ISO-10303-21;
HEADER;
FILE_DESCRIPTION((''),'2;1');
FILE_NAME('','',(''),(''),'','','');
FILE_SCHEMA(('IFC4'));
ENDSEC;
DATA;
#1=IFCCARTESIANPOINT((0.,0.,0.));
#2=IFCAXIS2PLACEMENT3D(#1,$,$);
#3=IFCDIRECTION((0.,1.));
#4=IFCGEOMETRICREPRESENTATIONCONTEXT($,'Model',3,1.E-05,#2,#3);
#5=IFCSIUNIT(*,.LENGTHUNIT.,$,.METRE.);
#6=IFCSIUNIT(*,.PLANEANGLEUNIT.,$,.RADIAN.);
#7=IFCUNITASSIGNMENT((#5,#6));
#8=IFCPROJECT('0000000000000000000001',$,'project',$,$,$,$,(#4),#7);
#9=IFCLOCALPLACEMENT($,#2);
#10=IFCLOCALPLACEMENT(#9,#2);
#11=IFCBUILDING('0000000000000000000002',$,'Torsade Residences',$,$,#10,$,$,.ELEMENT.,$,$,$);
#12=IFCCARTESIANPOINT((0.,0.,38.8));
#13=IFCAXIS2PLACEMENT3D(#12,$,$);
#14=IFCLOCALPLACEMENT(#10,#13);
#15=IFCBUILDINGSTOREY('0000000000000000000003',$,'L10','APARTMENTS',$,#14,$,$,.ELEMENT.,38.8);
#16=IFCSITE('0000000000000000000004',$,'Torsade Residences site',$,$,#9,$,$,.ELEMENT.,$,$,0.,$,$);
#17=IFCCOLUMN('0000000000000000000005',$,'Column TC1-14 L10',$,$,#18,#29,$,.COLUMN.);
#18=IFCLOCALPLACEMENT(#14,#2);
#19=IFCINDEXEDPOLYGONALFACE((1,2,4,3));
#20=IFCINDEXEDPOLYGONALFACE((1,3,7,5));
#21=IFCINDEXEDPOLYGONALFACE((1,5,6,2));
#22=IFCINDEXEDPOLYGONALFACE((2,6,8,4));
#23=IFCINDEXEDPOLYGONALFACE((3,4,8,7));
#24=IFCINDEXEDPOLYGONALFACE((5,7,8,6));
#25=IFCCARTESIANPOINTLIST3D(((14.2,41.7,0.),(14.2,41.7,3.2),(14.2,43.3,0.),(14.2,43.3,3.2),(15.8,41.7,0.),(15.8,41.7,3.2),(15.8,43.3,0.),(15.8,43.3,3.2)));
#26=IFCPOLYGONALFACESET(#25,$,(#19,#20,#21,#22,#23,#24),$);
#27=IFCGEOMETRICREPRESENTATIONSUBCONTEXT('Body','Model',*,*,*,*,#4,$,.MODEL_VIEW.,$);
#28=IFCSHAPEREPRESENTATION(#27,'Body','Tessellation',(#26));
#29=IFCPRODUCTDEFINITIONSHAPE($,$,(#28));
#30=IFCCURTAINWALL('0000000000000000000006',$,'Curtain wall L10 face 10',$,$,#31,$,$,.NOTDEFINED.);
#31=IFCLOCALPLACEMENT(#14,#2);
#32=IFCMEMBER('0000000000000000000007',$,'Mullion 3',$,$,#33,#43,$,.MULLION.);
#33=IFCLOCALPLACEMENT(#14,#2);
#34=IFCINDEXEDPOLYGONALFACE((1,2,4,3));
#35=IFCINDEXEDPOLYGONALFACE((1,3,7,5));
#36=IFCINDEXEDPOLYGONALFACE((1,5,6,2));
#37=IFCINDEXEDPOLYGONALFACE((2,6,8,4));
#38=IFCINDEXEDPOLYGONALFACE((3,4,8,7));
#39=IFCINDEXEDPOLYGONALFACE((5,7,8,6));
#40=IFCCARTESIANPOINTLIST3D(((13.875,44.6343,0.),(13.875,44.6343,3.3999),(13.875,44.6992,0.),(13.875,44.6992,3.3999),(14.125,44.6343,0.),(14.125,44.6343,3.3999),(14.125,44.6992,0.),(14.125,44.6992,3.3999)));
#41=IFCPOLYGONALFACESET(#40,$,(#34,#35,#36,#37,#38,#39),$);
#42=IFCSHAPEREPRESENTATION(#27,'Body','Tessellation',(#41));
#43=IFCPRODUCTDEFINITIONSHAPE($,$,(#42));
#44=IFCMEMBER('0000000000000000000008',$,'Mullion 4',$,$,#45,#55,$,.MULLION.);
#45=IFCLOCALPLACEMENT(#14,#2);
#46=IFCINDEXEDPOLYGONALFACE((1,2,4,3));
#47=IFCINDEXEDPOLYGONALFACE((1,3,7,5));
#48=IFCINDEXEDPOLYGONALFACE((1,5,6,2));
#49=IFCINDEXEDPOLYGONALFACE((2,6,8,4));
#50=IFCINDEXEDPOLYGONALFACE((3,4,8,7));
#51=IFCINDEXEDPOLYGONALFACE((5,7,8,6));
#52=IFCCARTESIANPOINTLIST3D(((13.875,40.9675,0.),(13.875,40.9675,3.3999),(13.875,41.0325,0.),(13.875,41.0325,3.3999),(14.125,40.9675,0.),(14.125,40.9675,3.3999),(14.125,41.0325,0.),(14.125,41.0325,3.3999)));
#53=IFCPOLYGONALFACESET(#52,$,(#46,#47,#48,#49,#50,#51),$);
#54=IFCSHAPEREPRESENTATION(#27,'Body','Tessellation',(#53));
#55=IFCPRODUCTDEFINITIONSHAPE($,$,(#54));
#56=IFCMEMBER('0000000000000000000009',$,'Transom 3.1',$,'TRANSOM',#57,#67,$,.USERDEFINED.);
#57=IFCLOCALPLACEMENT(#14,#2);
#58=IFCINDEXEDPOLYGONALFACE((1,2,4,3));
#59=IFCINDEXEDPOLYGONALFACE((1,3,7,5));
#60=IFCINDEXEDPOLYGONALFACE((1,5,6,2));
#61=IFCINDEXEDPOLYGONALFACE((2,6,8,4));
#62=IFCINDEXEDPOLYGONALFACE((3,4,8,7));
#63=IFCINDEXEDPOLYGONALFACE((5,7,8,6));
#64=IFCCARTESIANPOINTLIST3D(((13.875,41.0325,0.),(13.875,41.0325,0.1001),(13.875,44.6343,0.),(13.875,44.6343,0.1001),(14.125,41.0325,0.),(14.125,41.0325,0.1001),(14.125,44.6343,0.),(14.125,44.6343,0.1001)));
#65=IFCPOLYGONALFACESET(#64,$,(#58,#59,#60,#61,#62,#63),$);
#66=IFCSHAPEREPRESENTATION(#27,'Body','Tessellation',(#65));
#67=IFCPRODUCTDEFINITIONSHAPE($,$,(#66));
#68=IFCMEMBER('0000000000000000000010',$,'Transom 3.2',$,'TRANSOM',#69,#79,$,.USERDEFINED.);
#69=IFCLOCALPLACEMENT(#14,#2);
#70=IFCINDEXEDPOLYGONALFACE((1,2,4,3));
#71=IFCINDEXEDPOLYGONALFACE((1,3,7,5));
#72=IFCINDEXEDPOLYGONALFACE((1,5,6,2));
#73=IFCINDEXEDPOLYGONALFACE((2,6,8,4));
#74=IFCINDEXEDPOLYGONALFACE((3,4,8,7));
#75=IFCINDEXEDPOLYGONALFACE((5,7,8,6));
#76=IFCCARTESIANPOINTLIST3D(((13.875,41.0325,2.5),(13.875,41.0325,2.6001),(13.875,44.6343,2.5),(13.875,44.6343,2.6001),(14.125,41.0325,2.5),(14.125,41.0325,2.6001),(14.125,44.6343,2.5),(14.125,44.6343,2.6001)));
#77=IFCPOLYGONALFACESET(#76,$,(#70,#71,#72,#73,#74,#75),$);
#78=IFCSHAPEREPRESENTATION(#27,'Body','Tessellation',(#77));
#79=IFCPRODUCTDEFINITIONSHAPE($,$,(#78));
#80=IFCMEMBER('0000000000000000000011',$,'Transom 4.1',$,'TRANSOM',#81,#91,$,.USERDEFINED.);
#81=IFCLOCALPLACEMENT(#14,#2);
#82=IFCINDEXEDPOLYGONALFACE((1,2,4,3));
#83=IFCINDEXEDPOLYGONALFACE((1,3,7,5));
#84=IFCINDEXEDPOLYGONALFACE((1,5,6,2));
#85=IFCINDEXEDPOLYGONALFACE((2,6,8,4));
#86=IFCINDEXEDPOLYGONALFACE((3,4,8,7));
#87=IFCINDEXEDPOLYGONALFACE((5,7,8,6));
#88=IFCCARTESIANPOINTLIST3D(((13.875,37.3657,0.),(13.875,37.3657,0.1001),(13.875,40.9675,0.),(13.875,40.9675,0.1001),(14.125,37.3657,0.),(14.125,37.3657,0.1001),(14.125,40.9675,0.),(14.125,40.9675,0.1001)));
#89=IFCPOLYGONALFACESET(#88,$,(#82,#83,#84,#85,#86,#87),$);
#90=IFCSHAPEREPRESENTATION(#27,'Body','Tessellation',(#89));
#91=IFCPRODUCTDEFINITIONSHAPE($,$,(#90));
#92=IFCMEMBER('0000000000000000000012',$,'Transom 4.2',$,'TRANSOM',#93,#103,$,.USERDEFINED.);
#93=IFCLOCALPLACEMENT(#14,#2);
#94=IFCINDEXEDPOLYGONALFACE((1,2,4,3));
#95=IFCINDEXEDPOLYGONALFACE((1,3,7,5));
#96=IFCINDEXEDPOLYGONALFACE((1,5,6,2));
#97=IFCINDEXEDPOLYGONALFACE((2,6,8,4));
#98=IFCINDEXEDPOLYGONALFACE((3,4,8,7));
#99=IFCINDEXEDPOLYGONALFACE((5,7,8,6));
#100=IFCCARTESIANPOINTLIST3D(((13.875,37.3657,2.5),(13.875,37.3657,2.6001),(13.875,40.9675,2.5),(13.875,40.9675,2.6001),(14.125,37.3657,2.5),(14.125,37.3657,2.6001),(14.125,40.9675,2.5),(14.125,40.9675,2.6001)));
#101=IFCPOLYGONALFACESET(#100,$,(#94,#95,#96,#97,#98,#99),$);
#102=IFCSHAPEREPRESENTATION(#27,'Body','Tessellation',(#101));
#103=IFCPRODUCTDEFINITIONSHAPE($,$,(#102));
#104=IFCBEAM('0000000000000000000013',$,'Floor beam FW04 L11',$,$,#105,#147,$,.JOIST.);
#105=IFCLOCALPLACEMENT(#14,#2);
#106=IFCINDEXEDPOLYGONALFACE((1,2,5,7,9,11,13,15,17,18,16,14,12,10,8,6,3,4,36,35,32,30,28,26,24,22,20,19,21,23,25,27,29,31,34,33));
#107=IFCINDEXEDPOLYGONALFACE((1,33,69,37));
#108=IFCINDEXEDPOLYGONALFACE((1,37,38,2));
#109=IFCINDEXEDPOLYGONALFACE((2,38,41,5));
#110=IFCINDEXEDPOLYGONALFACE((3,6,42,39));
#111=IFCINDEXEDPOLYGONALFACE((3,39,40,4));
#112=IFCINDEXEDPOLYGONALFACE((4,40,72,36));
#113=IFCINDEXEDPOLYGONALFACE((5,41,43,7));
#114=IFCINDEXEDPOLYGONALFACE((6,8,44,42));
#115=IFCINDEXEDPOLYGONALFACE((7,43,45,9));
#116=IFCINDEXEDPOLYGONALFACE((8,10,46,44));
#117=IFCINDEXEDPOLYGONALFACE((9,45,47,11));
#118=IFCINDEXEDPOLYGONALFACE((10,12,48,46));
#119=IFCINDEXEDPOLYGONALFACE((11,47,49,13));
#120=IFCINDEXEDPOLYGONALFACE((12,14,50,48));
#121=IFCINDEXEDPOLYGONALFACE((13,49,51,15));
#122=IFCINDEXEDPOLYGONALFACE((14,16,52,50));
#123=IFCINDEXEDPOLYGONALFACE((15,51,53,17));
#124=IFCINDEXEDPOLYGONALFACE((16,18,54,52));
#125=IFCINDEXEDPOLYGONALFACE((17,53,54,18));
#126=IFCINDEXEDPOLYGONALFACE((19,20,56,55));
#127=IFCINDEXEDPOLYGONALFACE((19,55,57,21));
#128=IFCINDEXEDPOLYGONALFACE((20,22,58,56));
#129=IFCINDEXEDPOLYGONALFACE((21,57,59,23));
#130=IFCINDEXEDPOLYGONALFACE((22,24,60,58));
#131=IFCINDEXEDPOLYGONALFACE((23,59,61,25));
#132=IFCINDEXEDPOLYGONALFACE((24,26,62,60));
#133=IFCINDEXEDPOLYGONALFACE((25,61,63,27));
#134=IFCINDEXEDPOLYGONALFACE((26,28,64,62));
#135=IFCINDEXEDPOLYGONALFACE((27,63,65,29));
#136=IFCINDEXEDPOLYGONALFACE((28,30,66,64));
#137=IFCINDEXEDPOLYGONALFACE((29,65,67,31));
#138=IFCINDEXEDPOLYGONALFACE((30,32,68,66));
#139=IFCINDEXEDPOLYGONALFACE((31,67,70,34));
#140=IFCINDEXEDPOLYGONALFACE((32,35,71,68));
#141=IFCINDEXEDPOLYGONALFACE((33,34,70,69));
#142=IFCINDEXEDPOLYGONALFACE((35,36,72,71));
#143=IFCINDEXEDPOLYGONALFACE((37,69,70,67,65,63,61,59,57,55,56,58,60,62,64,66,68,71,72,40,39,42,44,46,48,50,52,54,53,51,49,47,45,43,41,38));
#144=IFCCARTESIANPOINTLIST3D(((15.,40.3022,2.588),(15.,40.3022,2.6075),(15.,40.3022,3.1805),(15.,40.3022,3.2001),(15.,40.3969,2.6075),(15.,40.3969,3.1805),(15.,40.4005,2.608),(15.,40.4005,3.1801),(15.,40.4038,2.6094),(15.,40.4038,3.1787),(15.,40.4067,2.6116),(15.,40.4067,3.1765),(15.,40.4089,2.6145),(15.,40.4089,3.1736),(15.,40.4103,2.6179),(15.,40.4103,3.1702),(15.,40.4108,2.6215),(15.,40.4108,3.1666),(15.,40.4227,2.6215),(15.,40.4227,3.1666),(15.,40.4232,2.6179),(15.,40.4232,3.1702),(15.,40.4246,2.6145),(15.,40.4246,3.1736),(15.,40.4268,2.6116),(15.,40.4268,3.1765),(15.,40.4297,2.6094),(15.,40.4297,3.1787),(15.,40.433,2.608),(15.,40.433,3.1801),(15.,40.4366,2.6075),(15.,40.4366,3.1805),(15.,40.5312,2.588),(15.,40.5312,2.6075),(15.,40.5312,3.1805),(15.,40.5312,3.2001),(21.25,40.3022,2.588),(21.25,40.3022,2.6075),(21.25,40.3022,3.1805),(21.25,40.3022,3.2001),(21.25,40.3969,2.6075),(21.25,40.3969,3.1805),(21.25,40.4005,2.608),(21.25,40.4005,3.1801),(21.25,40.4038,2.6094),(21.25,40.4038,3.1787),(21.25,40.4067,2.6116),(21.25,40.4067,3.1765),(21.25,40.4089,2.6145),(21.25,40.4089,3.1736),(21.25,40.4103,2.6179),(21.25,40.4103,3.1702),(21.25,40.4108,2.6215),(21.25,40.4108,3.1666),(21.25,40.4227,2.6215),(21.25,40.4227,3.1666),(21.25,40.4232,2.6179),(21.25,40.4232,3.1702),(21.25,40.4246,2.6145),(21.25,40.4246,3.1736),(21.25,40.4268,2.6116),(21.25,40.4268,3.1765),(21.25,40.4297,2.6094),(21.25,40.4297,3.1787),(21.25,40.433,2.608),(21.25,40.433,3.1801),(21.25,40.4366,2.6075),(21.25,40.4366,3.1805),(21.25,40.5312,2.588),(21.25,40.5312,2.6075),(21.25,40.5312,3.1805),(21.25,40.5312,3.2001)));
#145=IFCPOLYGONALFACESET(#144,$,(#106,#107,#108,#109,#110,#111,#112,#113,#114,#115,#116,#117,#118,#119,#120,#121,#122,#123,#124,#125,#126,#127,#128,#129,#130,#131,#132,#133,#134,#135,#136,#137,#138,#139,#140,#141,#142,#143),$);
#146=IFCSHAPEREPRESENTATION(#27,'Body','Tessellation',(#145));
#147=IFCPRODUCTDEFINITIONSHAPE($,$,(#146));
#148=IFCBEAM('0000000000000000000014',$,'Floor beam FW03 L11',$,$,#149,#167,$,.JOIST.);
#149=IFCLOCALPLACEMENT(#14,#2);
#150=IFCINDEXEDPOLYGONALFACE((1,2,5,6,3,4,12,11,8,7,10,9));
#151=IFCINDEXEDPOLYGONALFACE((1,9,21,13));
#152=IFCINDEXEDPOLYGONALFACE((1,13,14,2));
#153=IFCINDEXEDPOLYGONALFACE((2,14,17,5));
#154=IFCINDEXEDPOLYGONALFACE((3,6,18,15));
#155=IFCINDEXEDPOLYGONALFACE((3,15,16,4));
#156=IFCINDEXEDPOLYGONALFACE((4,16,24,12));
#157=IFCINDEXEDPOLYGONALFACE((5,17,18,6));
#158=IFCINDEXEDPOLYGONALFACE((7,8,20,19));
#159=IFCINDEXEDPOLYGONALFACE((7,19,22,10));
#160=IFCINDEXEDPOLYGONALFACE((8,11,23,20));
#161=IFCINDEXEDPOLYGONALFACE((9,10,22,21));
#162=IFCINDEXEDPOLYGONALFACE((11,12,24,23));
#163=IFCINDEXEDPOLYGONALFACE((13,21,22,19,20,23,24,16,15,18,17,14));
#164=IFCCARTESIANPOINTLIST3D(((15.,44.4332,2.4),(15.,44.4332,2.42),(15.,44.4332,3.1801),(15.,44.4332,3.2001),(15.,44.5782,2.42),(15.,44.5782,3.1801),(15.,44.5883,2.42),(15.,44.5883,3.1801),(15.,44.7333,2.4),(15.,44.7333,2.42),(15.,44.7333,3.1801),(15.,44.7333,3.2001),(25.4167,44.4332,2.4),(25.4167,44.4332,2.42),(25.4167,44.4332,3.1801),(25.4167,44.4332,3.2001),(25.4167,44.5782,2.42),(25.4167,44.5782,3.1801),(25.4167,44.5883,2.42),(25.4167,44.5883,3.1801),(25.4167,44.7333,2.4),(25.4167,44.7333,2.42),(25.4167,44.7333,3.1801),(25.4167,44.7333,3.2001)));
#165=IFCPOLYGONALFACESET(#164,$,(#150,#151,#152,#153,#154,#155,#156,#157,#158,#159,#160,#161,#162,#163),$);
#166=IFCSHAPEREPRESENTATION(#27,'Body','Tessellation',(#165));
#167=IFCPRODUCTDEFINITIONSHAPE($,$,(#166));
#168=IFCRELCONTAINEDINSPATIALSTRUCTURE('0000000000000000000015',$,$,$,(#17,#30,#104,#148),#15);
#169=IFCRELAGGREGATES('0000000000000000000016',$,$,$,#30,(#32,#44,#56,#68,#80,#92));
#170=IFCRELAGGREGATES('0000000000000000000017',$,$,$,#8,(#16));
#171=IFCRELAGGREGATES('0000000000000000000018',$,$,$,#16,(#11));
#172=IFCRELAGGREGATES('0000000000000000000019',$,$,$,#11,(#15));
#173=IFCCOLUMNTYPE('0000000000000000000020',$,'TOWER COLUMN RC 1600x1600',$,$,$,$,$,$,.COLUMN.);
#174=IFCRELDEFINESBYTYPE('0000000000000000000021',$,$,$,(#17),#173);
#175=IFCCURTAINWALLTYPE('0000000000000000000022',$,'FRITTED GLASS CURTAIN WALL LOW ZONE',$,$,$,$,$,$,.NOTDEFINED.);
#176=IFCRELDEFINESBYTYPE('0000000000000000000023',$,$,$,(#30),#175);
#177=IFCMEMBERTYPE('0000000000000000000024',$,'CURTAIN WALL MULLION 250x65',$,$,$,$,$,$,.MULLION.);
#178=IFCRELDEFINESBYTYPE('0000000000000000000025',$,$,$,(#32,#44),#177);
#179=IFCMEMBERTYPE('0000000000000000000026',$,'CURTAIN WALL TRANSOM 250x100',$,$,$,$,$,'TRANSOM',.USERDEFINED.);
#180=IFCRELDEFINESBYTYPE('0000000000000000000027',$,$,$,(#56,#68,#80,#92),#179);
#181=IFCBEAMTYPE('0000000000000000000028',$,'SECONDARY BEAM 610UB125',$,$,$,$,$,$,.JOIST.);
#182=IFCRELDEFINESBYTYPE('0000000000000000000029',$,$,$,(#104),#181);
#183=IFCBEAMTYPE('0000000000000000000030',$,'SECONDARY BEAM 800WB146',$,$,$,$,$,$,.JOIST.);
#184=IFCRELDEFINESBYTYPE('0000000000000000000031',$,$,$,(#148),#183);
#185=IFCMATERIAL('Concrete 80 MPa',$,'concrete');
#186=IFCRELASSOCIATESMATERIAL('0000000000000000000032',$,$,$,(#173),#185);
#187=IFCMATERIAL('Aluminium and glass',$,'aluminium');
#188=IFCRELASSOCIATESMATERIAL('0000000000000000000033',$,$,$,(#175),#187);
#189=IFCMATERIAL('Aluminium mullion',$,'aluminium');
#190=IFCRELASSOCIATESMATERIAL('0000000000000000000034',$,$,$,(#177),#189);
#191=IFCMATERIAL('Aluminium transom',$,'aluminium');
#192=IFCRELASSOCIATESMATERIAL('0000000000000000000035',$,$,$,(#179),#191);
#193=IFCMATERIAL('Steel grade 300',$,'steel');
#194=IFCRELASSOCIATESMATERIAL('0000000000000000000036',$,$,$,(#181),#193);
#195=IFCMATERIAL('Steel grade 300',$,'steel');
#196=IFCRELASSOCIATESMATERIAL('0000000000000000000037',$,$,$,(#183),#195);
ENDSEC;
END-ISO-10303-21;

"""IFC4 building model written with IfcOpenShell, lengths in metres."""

from ifc_helpers import new_model, si_unit, direction, frame, origin, origin_2d, place, context, subcontext, project, spatial, rectangle, i_section, extrude, material, material_profile, profile_set, type_object, element, aggregate, save


model = new_model("IFC4")

# Units and contexts
model_context = context("Model", 3, precision=1e-05, world=origin(), true_north=direction((0.0, 1.0)))
body_context = subcontext(model_context, "Body", "Model", "MODEL_VIEW")
ifc_project = project(units=[si_unit("LENGTHUNIT", "METRE"), si_unit("PLANEANGLEUNIT", "RADIAN")], contexts=[model_context])

# Site, building, storey
site_placement = place(None, origin())
site = spatial("IfcSite", under=ifc_project, at=site_placement, Name="Torsade Residences site", CompositionType="ELEMENT", RefElevation=0.0)
building_placement = place(site_placement, origin())
building = spatial("IfcBuilding", under=site, at=building_placement, Name="Torsade Residences", CompositionType="ELEMENT")
storey_placement = place(building_placement, frame((0.0, 0.0, 38.8)))
storey = spatial("IfcBuildingStorey", under=building, at=storey_placement, Name="L10", Description="APARTMENTS", CompositionType="ELEMENT", Elevation=38.8)

# Column
ifc_material_1 = material(Name="Concrete 80 MPa", Category="concrete")
ifc_material_profile_1 = material_profile(ifc_material_1, rectangle(XDim=1.6001, YDim=1.6001, at=origin_2d()), Name="RC 1600x1600")
ifc_profile_set_1 = profile_set([ifc_material_profile_1], Name="Concrete 80 MPa")
column_type = type_object("IfcColumnType", Name="TOWER COLUMN RC 1600x1600", PredefinedType="COLUMN", material=ifc_profile_set_1)
column_placement = place(storey_placement, frame((15.0, 42.5, 0.0), z_axis=(0.0, 0.0, 1.0), x_axis=(1.0, 0.0, 0.0)))
element("IfcColumn", 1, at=column_placement, inside=storey, type_object=column_type, Name="Column TC1-14 L10", PredefinedType="COLUMN", context=body_context, shape_type="SweptSolid", body=[
    extrude(rectangle(XDim=1.6001, YDim=1.6001, at=origin_2d()), origin(), (0.0, 0.0, 1.0), 3.2),
])

# Curtain wall, members
ifc_material_2 = material(Name="Aluminium and glass", Category="aluminium")
curtain_wall_type = type_object("IfcCurtainWallType", Name="FRITTED GLASS CURTAIN WALL LOW ZONE", PredefinedType="NOTDEFINED", material=ifc_material_2)
curtain_wall_placement = place(storey_placement, origin())
curtain_wall = element("IfcCurtainWall", 2, at=curtain_wall_placement, inside=storey, type_object=curtain_wall_type, Name="Curtain wall L10 face 10", PredefinedType="NOTDEFINED")
ifc_material_3 = material(Name="Aluminium mullion", Category="aluminium")
ifc_material_profile_2 = material_profile(ifc_material_3, rectangle(XDim=0.25, YDim=0.0649, at=origin_2d()), Name="CURTAIN WALL MULLION 250x65")
ifc_profile_set_2 = profile_set([ifc_material_profile_2], Name="Aluminium mullion")
member_type_1 = type_object("IfcMemberType", Name="CURTAIN WALL MULLION 250x65", PredefinedType="MULLION", material=ifc_profile_set_2)
member_1_placement = place(storey_placement, frame((14.0, 44.6667, 0.0), z_axis=(0.0, 0.0, 1.0), x_axis=(1.0, 0.0, 0.0)))
member_1 = element("IfcMember", 3, at=member_1_placement, type_object=member_type_1, Name="Mullion 3", PredefinedType="MULLION", context=body_context, shape_type="SweptSolid", body=[
    extrude(rectangle(XDim=0.25, YDim=0.0649, at=origin_2d()), origin(), (0.0, 0.0, 1.0), 3.3999),
])
member_2_placement = place(storey_placement, frame((14.0, 41.0, 0.0), z_axis=(0.0, 0.0, 1.0), x_axis=(1.0, 0.0, 0.0)))
member_2 = element("IfcMember", 4, at=member_2_placement, type_object=member_type_1, Name="Mullion 4", PredefinedType="MULLION", context=body_context, shape_type="SweptSolid", body=[
    extrude(rectangle(XDim=0.25, YDim=0.0649, at=origin_2d()), origin(), (0.0, 0.0, 1.0), 3.3999),
])
ifc_material_4 = material(Name="Aluminium transom", Category="aluminium")
ifc_material_profile_3 = material_profile(ifc_material_4, rectangle(XDim=0.25, YDim=0.1001, at=origin_2d()), Name="CURTAIN WALL TRANSOM 250x100")
ifc_profile_set_3 = profile_set([ifc_material_profile_3], Name="Aluminium transom")
member_type_2 = type_object("IfcMemberType", Name="CURTAIN WALL TRANSOM 250x100", ElementType="TRANSOM", PredefinedType="USERDEFINED", material=ifc_profile_set_3)
member_3_placement = place(storey_placement, frame((14.0, 44.6343, 0.05), z_axis=(0.0, -1.0, 0.0), x_axis=(1.0, 0.0, 0.0)))
member_3 = element("IfcMember", 5, at=member_3_placement, type_object=member_type_2, Name="Transom 3.1", ObjectType="TRANSOM", PredefinedType="USERDEFINED", context=body_context, shape_type="SweptSolid", body=[
    extrude(rectangle(XDim=0.25, YDim=0.1001, at=origin_2d()), origin(), (0.0, 0.0, 1.0), 3.6018),
])
member_4_placement = place(storey_placement, frame((14.0, 44.6343, 2.55), z_axis=(0.0, -1.0, 0.0), x_axis=(1.0, 0.0, 0.0)))
member_4 = element("IfcMember", 6, at=member_4_placement, type_object=member_type_2, Name="Transom 3.2", ObjectType="TRANSOM", PredefinedType="USERDEFINED", context=body_context, shape_type="SweptSolid", body=[
    extrude(rectangle(XDim=0.25, YDim=0.1001, at=origin_2d()), origin(), (0.0, 0.0, 1.0), 3.6018),
])
member_5_placement = place(storey_placement, frame((14.0, 40.9675, 0.05), z_axis=(0.0, -1.0, 0.0), x_axis=(1.0, 0.0, 0.0)))
member_5 = element("IfcMember", 7, at=member_5_placement, type_object=member_type_2, Name="Transom 4.1", ObjectType="TRANSOM", PredefinedType="USERDEFINED", context=body_context, shape_type="SweptSolid", body=[
    extrude(rectangle(XDim=0.25, YDim=0.1001, at=origin_2d()), origin(), (0.0, 0.0, 1.0), 3.6018),
])
member_6_placement = place(storey_placement, frame((14.0, 40.9675, 2.55), z_axis=(0.0, -1.0, 0.0), x_axis=(1.0, 0.0, 0.0)))
member_6 = element("IfcMember", 8, at=member_6_placement, type_object=member_type_2, Name="Transom 4.2", ObjectType="TRANSOM", PredefinedType="USERDEFINED", context=body_context, shape_type="SweptSolid", body=[
    extrude(rectangle(XDim=0.25, YDim=0.1001, at=origin_2d()), origin(), (0.0, 0.0, 1.0), 3.6018),
])

# Beams
ifc_material_5 = material(Name="Steel grade 300", Category="steel")
ifc_material_profile_4 = material_profile(ifc_material_5, i_section(OverallWidth=0.229, OverallDepth=0.6121, WebThickness=0.012, FlangeThickness=0.0195, FilletRadius=0.0139, at=origin_2d()), Name="610UB125")
ifc_profile_set_4 = profile_set([ifc_material_profile_4], Name="Steel grade 300")
beam_type_1 = type_object("IfcBeamType", Name="SECONDARY BEAM 610UB125", PredefinedType="JOIST", material=ifc_profile_set_4)
beam_1_placement = place(storey_placement, frame((15.0, 40.4167, 2.894), z_axis=(1.0, 0.0, 0.0), x_axis=(0.0, 1.0, 0.0)))
element("IfcBeam", 9, at=beam_1_placement, inside=storey, type_object=beam_type_1, Name="Floor beam FW04 L11", PredefinedType="JOIST", context=body_context, shape_type="SweptSolid", body=[
    extrude(i_section(OverallWidth=0.229, OverallDepth=0.6121, WebThickness=0.012, FlangeThickness=0.0195, FilletRadius=0.0139, at=origin_2d()), origin(), (0.0, 0.0, 1.0), 6.25),
])
ifc_material_6 = material(Name="Steel grade 300", Category="steel")
ifc_material_profile_5 = material_profile(ifc_material_6, i_section(OverallWidth=0.3, OverallDepth=0.8, WebThickness=0.01, FlangeThickness=0.02, at=origin_2d()), Name="800WB146")
ifc_profile_set_5 = profile_set([ifc_material_profile_5], Name="Steel grade 300")
beam_type_2 = type_object("IfcBeamType", Name="SECONDARY BEAM 800WB146", PredefinedType="JOIST", material=ifc_profile_set_5)
beam_2_placement = place(storey_placement, frame((15.0, 44.5833, 2.8), z_axis=(1.0, 0.0, 0.0), x_axis=(0.0, 1.0, 0.0)))
element("IfcBeam", 10, at=beam_2_placement, inside=storey, type_object=beam_type_2, Name="Floor beam FW03 L11", PredefinedType="JOIST", context=body_context, shape_type="SweptSolid", body=[
    extrude(i_section(OverallWidth=0.3, OverallDepth=0.8, WebThickness=0.01, FlangeThickness=0.02, at=origin_2d()), origin(), (0.0, 0.0, 1.0), 10.4167),
])

aggregate(curtain_wall, [member_1, member_2, member_3, member_4, member_5, member_6])

save(model, "model.ifc")
